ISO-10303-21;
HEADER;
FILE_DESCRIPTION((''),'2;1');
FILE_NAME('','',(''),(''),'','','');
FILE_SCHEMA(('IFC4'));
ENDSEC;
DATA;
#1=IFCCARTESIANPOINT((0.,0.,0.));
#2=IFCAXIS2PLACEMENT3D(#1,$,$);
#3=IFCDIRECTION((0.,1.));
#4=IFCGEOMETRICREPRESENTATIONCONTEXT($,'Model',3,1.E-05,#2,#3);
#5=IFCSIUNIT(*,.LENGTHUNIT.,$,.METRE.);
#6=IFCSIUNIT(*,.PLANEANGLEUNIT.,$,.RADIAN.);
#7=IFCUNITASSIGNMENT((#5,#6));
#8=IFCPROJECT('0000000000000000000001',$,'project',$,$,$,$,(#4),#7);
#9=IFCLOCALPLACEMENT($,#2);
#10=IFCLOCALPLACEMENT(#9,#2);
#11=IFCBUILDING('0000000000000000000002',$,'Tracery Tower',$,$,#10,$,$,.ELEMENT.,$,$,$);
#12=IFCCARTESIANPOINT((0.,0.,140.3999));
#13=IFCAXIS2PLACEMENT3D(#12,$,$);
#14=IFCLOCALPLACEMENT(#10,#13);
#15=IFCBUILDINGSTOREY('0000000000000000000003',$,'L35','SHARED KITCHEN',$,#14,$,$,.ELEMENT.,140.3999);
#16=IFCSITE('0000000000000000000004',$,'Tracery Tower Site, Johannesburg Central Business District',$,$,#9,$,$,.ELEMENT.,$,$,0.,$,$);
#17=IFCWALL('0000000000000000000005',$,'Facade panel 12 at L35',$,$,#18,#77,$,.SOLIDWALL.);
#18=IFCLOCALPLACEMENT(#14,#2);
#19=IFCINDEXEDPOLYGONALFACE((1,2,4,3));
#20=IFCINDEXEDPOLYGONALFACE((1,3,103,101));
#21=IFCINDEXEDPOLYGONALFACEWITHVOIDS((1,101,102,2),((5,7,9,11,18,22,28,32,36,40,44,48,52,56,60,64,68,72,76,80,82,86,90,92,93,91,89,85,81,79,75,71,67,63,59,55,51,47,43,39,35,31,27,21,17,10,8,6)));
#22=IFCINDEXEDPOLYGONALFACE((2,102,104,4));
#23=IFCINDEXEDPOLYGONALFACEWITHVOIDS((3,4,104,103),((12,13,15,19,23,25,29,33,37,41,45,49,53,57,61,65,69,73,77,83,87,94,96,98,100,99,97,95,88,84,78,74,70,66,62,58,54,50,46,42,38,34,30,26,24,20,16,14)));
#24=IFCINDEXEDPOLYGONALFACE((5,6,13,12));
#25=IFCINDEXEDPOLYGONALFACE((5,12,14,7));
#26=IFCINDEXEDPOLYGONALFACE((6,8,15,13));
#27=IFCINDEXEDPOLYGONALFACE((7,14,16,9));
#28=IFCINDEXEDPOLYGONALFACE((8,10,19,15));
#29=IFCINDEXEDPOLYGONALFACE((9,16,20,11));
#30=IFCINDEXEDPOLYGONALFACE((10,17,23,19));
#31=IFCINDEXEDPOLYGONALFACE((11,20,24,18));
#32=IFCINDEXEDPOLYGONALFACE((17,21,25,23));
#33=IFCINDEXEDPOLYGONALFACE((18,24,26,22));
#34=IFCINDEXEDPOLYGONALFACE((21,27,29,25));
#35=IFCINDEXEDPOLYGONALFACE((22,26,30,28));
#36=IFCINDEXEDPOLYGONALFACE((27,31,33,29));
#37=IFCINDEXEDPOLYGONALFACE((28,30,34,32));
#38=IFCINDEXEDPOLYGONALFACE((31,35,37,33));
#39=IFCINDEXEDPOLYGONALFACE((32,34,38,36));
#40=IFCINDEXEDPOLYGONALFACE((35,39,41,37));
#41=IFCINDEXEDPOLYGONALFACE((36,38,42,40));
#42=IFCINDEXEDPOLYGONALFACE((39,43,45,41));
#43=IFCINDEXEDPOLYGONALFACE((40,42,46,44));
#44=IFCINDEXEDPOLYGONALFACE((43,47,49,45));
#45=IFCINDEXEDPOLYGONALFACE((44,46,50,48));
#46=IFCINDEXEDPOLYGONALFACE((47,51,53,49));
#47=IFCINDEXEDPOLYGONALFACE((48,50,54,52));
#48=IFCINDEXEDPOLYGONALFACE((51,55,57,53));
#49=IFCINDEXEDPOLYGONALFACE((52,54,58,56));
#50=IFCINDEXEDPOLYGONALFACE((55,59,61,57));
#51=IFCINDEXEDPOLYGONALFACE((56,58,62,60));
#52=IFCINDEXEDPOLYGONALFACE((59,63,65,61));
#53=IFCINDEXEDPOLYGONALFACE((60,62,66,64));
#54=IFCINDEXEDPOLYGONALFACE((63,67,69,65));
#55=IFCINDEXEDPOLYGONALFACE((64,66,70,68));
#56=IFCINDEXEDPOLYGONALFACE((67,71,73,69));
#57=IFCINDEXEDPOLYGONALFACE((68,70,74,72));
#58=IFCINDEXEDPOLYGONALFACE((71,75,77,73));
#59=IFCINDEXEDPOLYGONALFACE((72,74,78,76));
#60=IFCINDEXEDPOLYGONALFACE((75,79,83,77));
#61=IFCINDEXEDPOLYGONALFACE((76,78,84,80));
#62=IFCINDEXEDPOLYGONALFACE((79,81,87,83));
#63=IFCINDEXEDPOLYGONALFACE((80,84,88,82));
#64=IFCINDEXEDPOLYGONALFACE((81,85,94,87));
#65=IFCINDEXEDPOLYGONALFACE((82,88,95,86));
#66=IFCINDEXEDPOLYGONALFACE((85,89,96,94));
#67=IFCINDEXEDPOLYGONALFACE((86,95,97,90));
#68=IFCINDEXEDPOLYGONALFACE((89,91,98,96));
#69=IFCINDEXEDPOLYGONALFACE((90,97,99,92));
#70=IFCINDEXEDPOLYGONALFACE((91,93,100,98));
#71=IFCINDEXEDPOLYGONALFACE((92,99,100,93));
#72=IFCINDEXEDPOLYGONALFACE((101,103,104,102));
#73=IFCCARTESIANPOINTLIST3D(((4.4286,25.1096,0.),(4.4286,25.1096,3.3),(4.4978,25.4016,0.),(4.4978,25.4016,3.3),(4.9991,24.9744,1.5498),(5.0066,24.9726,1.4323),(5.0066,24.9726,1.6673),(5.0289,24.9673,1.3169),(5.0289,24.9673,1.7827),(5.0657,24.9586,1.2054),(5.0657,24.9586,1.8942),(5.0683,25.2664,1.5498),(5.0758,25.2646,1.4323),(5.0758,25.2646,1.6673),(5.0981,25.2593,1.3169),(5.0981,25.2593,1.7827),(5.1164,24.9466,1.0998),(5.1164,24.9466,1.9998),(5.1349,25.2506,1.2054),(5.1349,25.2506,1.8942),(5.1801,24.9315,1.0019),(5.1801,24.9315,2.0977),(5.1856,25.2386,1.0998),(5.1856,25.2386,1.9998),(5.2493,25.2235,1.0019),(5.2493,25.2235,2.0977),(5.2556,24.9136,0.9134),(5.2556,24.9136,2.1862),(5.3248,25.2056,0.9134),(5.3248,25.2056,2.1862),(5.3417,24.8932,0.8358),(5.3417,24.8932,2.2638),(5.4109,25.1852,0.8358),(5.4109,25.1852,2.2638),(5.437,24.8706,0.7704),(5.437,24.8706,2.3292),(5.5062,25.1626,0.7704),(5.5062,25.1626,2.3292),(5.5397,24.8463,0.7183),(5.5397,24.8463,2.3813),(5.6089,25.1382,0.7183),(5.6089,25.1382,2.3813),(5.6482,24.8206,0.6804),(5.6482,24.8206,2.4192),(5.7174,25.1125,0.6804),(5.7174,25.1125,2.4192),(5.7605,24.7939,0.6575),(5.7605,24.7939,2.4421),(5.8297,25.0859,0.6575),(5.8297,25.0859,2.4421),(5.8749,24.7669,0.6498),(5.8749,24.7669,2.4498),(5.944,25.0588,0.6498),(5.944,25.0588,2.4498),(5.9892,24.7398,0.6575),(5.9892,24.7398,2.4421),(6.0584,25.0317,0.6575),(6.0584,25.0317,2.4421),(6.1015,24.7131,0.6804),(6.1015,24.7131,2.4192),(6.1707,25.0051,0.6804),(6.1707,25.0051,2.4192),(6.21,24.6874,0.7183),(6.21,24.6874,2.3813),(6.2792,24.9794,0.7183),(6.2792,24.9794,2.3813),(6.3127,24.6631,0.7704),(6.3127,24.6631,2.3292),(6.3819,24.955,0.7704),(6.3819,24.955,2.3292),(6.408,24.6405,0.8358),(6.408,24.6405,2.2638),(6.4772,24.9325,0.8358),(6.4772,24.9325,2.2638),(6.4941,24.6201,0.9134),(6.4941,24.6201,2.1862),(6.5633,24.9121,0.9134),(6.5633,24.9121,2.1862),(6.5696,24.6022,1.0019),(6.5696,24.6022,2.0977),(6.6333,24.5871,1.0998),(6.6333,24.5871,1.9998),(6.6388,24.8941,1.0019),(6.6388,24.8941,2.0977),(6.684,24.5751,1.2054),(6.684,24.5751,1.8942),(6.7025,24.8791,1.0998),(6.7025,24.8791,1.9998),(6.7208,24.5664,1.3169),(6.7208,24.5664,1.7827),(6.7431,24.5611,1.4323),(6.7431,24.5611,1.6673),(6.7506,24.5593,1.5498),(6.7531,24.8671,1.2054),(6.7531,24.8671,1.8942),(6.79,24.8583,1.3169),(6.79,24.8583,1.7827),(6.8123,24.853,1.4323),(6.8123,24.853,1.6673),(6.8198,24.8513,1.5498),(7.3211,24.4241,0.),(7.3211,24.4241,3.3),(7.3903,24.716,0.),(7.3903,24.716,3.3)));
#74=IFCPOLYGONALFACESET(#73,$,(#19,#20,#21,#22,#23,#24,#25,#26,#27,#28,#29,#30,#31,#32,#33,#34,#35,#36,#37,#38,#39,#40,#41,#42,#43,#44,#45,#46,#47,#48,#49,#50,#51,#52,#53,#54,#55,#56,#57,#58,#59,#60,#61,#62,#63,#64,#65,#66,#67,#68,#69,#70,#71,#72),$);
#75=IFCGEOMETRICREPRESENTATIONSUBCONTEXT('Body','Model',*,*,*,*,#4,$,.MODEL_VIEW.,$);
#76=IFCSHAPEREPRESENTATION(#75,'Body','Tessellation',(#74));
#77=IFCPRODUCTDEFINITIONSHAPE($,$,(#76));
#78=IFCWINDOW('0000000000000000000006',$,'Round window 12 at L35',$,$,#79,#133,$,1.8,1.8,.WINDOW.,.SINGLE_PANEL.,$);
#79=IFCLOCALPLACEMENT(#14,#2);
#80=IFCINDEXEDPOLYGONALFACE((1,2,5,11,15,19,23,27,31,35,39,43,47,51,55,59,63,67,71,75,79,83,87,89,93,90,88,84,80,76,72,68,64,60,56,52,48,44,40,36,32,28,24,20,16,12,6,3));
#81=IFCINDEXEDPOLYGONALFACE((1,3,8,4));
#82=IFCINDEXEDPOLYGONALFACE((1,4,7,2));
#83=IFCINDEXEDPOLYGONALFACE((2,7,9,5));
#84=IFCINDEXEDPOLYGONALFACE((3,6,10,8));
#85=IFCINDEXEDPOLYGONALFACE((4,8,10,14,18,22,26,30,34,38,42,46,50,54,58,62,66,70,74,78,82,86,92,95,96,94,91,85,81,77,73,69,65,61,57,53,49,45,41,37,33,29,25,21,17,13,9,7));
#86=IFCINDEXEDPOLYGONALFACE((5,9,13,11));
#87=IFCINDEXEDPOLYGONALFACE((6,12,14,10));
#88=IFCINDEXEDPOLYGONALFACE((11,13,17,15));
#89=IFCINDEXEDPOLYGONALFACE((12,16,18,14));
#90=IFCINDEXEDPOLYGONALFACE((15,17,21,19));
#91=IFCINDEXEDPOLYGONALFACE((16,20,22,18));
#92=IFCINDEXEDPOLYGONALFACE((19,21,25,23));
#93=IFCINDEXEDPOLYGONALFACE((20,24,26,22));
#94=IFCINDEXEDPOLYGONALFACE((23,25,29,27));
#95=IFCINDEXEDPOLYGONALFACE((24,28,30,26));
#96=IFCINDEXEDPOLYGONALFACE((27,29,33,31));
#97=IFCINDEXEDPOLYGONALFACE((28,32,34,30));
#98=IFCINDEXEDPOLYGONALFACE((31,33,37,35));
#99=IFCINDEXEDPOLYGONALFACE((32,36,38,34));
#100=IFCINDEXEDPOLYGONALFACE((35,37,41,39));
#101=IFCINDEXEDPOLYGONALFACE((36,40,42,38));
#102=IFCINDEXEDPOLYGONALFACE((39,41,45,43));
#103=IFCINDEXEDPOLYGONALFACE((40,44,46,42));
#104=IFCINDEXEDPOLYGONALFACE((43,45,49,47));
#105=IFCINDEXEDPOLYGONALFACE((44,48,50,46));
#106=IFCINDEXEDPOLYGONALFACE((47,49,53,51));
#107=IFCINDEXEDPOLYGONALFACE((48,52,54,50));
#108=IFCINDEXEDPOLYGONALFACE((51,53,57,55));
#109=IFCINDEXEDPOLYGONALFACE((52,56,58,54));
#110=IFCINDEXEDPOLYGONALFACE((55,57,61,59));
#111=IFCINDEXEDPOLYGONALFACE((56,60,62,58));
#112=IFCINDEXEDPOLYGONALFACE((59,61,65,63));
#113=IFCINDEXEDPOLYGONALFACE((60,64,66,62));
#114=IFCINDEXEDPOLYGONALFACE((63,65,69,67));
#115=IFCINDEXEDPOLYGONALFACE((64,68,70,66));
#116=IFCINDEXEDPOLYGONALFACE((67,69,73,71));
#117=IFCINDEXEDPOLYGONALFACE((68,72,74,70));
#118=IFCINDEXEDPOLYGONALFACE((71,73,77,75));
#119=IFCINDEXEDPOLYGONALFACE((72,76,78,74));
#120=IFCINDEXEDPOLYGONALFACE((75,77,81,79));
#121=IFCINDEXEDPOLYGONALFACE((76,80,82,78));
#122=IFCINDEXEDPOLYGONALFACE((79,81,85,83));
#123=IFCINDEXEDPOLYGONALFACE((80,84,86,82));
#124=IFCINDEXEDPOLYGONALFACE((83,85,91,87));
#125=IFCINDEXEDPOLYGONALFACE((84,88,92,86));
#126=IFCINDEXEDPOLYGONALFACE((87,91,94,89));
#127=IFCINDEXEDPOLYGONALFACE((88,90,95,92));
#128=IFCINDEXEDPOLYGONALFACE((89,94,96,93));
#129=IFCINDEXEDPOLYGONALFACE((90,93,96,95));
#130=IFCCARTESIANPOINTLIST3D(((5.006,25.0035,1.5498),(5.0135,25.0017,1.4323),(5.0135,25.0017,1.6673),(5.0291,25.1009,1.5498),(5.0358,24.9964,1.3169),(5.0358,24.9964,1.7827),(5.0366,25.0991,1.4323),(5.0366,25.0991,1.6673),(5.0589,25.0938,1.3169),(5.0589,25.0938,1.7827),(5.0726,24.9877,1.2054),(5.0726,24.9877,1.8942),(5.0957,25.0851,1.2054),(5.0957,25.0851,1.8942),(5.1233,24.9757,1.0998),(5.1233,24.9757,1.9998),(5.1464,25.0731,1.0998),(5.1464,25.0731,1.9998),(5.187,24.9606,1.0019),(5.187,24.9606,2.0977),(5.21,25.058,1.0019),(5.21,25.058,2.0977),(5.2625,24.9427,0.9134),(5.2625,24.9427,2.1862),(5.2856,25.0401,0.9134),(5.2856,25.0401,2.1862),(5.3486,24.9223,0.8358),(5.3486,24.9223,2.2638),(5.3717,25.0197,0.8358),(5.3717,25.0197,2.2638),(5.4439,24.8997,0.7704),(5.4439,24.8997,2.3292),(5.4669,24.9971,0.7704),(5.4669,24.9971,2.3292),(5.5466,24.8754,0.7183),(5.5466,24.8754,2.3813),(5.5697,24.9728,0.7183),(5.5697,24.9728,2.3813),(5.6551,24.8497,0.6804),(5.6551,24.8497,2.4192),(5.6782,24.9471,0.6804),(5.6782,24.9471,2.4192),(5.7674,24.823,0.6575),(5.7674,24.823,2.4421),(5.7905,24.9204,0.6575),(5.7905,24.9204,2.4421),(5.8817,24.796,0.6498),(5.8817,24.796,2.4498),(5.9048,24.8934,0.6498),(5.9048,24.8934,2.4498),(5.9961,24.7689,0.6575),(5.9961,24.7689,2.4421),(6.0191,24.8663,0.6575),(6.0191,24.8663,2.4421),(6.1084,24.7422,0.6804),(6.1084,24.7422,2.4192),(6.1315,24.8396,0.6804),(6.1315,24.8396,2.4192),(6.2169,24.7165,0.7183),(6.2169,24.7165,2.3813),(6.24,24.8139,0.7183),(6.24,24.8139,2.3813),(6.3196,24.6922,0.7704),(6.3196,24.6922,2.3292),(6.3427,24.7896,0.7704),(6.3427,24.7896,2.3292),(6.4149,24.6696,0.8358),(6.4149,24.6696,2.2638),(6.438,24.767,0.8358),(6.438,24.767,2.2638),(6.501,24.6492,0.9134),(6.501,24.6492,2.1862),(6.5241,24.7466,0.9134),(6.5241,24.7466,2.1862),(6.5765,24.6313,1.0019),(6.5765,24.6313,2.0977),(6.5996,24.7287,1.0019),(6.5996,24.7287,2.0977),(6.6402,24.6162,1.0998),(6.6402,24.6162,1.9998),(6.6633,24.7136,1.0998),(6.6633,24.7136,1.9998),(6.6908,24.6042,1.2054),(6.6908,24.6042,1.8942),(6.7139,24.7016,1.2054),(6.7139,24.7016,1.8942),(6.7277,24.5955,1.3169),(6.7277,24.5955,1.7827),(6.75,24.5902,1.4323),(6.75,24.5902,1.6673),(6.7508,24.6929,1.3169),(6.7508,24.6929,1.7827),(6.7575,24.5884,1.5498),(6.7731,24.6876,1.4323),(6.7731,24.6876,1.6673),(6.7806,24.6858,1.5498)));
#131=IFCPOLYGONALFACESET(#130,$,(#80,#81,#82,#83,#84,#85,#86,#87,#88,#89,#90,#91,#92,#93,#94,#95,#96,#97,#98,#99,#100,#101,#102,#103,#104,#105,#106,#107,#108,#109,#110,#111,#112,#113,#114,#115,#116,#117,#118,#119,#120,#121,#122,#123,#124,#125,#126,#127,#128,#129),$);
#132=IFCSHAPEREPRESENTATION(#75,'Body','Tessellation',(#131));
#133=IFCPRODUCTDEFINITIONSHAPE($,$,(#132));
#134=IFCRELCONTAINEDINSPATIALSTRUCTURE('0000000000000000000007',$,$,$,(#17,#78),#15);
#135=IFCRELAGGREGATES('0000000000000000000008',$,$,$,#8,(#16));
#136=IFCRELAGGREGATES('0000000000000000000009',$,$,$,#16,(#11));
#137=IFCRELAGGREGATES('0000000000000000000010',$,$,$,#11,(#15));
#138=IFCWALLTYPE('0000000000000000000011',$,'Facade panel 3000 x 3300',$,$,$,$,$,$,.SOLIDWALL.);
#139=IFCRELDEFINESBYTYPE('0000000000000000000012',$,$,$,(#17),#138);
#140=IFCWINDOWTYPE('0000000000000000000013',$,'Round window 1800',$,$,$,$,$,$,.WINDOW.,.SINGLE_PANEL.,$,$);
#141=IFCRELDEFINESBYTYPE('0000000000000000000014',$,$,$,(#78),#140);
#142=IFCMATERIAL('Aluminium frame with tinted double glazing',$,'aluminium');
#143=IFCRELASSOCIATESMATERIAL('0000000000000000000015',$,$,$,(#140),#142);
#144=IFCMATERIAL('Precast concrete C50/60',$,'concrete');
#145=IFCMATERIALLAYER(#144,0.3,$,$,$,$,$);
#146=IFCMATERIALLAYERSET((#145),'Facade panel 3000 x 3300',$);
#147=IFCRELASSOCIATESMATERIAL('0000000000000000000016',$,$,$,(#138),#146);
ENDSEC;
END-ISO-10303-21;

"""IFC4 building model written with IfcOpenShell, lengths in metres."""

from ifc_helpers import new_model, si_unit, direction, frame, frame_2d, origin, origin_2d, place, context, subcontext, project, spatial, rectangle, circle, extrude, material, layer, layer_set, type_object, element, fill, save


model = new_model("IFC4")

# Units and contexts
model_context = context("Model", 3, precision=1e-05, world=origin(), true_north=direction((0.0, 1.0)))
body_context = subcontext(model_context, "Body", "Model", "MODEL_VIEW")
ifc_project = project(units=[si_unit("LENGTHUNIT", "METRE"), si_unit("PLANEANGLEUNIT", "RADIAN")], contexts=[model_context])

# Site, building, storey
site_placement = place(None, origin())
site = spatial("IfcSite", under=ifc_project, at=site_placement, Name="Tracery Tower Site, Johannesburg Central Business District", CompositionType="ELEMENT", RefElevation=0.0)
building_placement = place(site_placement, origin())
building = spatial("IfcBuilding", under=site, at=building_placement, Name="Tracery Tower", CompositionType="ELEMENT")
storey_placement = place(building_placement, frame((0.0, 0.0, 140.3999)))
storey = spatial("IfcBuildingStorey", under=building, at=storey_placement, Name="L35", Description="SHARED KITCHEN", CompositionType="ELEMENT", Elevation=140.3999)

# Wall, opening, window
ifc_material_1 = material(Name="Aluminium frame with tinted double glazing", Category="aluminium")
window_type = type_object("IfcWindowType", Name="Round window 1800", PartitioningType="SINGLE_PANEL", PredefinedType="WINDOW", material=ifc_material_1)
ifc_material_2 = material(Name="Precast concrete C50/60", Category="concrete")
ifc_layer_1 = layer(ifc_material_2, 0.3)
ifc_layer_set_1 = layer_set([ifc_layer_1], Name="Facade panel 3000 x 3300")
wall_type_1 = type_object("IfcWallType", Name="Facade panel 3000 x 3300", PredefinedType="SOLIDWALL", material=ifc_layer_set_1)
wall_1_placement = place(storey_placement, frame((7.3557, 24.5701, 0.0), z_axis=(0.0, 0.0, 1.0), x_axis=(-0.973045, 0.230614, 0.0)))
wall_1 = element("IfcWall", 1, at=wall_1_placement, inside=storey, type_object=wall_type_1, Name="Facade panel 12 at L35", PredefinedType="SOLIDWALL", context=body_context, shape_type="SweptSolid", body=[
    extrude(rectangle(XDim=2.9727, YDim=0.3, at=frame_2d((1.4863, 0.0))), origin(), (0.0, 0.0, 1.0), 3.3),
])
opening_1_placement = place(wall_1_placement, frame((1.4863, 0.0, 1.5498)))
opening_1 = element("IfcOpeningElement", 2, at=opening_1_placement, cuts=wall_1, PredefinedType="OPENING", context=body_context, shape_type="SweptSolid", body=[
    extrude(circle(Radius=0.9, at=origin_2d()), frame((0.0, 0.1599, 0.0), z_axis=(0.0, -1.0, 0.0), x_axis=(1.0, 0.0, 0.0)), (0.0, 0.0, 1.0), 0.3201),
])
window_1_placement = place(opening_1_placement, origin())
window_1 = element("IfcWindow", 3, at=window_1_placement, inside=storey, type_object=window_type, Name="Round window 12 at L35", OverallHeight=1.8, OverallWidth=1.8, PartitioningType="SINGLE_PANEL", PredefinedType="WINDOW", context=body_context, shape_type="SweptSolid", body=[
    extrude(circle(Radius=0.9, at=origin_2d()), frame((0.0, 0.1201, 0.0), z_axis=(0.0, -1.0, 0.0), x_axis=(1.0, 0.0, 0.0)), (0.0, 0.0, 1.0), 0.1001),
])
fill(opening_1, window_1)

save(model, "model.ifc")
